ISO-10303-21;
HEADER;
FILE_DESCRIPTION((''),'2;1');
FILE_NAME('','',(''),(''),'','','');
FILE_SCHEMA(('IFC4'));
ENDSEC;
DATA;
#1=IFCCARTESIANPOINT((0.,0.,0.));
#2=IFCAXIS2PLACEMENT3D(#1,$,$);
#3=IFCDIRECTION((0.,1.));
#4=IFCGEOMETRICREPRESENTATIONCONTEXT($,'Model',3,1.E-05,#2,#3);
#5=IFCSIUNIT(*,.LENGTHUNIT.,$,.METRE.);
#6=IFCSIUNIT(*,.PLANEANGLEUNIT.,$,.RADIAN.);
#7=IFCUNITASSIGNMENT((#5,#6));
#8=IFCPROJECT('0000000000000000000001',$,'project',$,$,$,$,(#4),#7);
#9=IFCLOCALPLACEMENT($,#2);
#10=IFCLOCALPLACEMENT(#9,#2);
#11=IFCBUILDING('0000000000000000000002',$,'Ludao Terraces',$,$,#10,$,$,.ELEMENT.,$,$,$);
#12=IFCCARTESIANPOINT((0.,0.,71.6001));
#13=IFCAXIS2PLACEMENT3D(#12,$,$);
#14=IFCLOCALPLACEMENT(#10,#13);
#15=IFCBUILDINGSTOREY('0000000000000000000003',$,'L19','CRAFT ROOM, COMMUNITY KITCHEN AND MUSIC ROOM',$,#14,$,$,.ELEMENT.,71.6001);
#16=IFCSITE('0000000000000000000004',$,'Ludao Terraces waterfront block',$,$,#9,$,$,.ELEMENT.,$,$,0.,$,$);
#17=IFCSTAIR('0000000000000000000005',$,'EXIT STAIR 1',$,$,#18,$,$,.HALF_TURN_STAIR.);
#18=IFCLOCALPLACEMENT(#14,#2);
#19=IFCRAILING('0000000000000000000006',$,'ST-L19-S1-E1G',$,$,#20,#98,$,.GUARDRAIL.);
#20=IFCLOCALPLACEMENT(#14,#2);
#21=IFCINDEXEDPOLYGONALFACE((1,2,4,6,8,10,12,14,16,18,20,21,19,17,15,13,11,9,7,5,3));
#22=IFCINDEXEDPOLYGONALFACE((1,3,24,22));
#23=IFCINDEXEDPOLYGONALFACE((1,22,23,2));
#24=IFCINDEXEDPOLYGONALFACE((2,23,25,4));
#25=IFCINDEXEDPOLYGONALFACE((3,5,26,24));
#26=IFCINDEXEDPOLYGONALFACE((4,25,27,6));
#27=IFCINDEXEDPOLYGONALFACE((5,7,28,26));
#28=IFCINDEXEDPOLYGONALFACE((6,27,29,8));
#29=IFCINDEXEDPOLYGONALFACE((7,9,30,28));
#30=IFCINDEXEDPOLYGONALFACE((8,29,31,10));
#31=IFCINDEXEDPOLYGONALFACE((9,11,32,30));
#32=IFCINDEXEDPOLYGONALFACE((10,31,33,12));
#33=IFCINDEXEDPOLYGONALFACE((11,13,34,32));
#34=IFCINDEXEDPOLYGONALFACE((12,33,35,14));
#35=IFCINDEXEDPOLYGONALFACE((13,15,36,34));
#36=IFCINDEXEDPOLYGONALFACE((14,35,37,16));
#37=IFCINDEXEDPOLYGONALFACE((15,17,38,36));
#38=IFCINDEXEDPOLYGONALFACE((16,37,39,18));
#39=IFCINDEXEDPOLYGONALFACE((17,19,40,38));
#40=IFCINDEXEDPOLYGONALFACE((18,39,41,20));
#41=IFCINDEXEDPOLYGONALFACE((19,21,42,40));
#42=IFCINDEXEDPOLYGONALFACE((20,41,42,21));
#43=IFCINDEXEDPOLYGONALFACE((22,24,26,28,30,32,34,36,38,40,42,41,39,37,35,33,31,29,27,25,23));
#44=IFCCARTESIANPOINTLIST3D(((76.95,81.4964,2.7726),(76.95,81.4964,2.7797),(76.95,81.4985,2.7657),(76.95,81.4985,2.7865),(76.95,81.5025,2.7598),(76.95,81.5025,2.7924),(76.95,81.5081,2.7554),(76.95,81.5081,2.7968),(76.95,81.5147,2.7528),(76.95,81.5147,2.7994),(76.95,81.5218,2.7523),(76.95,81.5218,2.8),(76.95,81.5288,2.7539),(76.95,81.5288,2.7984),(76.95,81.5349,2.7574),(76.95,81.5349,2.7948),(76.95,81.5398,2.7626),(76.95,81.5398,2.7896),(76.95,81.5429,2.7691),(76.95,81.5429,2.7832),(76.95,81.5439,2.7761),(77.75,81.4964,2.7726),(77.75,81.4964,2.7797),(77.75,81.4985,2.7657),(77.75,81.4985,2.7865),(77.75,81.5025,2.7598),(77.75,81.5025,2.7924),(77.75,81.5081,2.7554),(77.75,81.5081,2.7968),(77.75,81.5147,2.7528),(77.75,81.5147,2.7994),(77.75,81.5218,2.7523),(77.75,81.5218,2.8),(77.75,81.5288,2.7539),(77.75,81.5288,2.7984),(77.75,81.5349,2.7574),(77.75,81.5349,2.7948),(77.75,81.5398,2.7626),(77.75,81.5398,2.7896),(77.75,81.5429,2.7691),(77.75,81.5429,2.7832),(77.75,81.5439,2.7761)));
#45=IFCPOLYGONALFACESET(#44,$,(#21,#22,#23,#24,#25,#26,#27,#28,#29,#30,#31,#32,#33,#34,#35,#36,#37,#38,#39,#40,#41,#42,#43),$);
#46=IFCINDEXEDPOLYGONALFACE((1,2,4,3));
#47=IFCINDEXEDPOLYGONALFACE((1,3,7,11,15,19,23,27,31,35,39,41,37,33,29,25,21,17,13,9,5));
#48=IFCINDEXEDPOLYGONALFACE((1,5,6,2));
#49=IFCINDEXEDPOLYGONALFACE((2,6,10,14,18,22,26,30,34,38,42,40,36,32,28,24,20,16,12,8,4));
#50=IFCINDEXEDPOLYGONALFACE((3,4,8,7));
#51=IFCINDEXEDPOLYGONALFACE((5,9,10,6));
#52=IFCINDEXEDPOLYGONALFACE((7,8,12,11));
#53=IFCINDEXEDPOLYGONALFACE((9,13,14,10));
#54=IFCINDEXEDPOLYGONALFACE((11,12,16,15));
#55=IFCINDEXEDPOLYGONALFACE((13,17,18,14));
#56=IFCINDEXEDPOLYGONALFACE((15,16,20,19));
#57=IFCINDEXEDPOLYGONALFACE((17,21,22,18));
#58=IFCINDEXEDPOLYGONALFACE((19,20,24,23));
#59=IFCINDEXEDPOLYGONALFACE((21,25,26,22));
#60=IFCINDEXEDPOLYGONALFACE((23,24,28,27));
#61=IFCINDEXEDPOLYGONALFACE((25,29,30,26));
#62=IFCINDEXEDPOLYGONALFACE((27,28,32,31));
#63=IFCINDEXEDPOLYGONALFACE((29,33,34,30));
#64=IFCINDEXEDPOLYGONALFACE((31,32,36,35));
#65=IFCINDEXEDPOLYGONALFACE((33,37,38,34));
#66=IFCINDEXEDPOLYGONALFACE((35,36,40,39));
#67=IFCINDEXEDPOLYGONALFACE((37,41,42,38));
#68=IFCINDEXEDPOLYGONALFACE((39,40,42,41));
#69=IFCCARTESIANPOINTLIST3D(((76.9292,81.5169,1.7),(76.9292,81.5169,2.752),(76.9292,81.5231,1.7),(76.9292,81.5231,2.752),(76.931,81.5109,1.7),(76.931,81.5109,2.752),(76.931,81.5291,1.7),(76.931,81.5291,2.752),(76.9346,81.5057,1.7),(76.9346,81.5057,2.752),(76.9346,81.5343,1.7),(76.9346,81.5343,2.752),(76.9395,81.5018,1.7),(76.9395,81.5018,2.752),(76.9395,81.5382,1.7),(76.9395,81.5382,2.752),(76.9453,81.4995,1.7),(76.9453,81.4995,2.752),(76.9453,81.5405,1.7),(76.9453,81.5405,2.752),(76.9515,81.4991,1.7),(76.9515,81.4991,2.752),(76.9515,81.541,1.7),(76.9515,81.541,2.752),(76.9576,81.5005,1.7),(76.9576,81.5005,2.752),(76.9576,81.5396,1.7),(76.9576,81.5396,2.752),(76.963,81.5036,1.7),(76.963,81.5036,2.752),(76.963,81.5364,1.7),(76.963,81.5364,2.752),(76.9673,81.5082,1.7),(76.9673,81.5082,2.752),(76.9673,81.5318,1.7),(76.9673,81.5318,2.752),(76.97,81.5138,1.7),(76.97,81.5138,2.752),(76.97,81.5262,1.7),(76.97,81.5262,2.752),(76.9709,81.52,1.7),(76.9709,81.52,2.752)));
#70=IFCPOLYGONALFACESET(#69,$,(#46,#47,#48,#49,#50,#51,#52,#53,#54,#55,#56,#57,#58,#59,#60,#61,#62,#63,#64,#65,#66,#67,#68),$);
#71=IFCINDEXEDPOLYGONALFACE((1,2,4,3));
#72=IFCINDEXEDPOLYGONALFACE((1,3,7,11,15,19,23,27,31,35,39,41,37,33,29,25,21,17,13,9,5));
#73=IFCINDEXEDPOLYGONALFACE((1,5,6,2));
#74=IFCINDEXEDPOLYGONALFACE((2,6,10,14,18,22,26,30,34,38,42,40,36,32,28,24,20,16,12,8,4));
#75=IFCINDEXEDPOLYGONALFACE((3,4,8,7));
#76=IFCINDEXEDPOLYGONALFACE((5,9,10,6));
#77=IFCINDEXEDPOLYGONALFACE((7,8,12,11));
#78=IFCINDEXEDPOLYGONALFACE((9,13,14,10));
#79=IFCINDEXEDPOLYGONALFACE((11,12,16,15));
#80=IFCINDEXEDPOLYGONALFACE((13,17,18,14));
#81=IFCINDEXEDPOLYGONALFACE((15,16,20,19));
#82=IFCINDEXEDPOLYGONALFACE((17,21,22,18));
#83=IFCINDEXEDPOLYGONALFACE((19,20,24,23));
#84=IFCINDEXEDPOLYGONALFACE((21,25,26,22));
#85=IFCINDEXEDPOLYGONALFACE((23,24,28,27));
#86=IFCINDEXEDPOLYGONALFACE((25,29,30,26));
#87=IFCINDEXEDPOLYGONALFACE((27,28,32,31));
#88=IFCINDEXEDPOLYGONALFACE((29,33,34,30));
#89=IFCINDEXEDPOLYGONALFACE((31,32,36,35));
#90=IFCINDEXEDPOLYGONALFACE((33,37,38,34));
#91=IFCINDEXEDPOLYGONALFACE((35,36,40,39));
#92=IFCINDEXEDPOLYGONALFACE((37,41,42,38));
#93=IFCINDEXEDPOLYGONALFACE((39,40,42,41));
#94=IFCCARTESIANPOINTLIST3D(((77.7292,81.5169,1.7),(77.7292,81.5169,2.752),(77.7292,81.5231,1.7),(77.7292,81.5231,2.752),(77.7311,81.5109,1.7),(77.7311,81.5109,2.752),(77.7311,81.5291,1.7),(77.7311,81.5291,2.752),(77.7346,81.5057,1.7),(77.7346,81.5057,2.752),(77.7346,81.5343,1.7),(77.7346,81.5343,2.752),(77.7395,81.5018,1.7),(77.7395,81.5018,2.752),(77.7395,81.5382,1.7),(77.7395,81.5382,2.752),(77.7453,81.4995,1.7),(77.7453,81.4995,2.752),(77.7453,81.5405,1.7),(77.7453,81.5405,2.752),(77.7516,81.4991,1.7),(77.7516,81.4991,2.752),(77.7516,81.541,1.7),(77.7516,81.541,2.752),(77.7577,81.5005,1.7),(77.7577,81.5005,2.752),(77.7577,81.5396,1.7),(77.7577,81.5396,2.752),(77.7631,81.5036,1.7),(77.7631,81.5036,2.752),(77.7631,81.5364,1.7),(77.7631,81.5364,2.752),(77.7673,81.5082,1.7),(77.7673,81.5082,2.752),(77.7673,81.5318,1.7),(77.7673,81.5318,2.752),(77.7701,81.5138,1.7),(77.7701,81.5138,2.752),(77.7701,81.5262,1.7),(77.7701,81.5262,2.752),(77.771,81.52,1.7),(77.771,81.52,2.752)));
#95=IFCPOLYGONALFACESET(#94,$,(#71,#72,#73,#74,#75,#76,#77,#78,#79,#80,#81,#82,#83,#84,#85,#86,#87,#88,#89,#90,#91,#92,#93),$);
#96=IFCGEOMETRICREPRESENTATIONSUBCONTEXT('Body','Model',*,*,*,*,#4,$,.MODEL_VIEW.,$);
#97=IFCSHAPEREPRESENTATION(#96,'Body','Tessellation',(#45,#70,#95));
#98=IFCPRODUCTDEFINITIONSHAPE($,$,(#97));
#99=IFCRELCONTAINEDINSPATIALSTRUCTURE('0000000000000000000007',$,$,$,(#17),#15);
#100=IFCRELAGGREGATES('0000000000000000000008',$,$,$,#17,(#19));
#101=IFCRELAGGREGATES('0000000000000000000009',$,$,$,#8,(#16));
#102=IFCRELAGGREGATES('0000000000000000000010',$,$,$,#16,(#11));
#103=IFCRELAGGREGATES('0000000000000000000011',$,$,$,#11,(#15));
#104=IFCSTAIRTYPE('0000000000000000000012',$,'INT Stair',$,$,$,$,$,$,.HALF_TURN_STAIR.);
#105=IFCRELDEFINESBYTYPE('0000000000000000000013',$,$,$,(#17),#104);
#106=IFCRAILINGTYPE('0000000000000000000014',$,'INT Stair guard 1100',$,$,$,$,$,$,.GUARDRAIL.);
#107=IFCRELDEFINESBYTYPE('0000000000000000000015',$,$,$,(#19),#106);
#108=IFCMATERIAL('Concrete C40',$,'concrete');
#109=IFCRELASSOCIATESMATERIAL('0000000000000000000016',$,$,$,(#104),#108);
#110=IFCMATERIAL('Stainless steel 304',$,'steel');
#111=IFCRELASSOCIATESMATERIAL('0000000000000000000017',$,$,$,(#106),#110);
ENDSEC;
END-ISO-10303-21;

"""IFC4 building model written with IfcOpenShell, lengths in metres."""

from ifc_helpers import new_model, si_unit, direction, frame, origin, origin_2d, place, context, subcontext, project, spatial, circle, extrude, material, type_object, element, aggregate, save


model = new_model("IFC4")

# Units and contexts
model_context = context("Model", 3, precision=1e-05, world=origin(), true_north=direction((0.0, 1.0)))
body_context = subcontext(model_context, "Body", "Model", "MODEL_VIEW")
ifc_project = project(units=[si_unit("LENGTHUNIT", "METRE"), si_unit("PLANEANGLEUNIT", "RADIAN")], contexts=[model_context])

# Site, building, storey
site_placement = place(None, origin())
site = spatial("IfcSite", under=ifc_project, at=site_placement, Name="Ludao Terraces waterfront block", CompositionType="ELEMENT", RefElevation=0.0)
building_placement = place(site_placement, origin())
building = spatial("IfcBuilding", under=site, at=building_placement, Name="Ludao Terraces", CompositionType="ELEMENT")
storey_placement = place(building_placement, frame((0.0, 0.0, 71.6001)))
storey = spatial("IfcBuildingStorey", under=building, at=storey_placement, Name="L19", Description="CRAFT ROOM, COMMUNITY KITCHEN AND MUSIC ROOM", CompositionType="ELEMENT", Elevation=71.6001)

# Shared definitions
ifc_material_1 = material(Name="Concrete C40", Category="concrete")

# Shared definitions
ifc_material_2 = material(Name="Stainless steel 304", Category="steel")

# Stair, railing
stair_type = type_object("IfcStairType", Name="INT Stair", PredefinedType="HALF_TURN_STAIR", material=ifc_material_1)
stair_placement = place(storey_placement, origin())
stair = element("IfcStair", 1, at=stair_placement, inside=storey, type_object=stair_type, Name="EXIT STAIR 1", PredefinedType="HALF_TURN_STAIR")
railing_type_1 = type_object("IfcRailingType", Name="INT Stair guard 1100", PredefinedType="GUARDRAIL", material=ifc_material_2)
railing_1_placement = place(storey_placement, frame((76.95, 81.52, 1.7)))
railing_1 = element("IfcRailing", 2, at=railing_1_placement, type_object=railing_type_1, Name="ST-L19-S1-E1G", PredefinedType="GUARDRAIL", context=body_context, shape_type="SweptSolid", body=[
    extrude(circle(Radius=0.0239, at=origin_2d()), frame((0.0, 0.0, 1.0762), z_axis=(1.0, 0.0, 0.0), x_axis=(0.0, 1.0, 0.0)), (0.0, 0.0, 1.0), 0.8),
    extrude(circle(Radius=0.021, at=origin_2d()), origin(), (0.0, 0.0, 1.0), 1.052),
    extrude(circle(Radius=0.021, at=origin_2d()), frame((0.8, 0.0, 0.0)), (0.0, 0.0, 1.0), 1.052),
])
aggregate(stair, [railing_1])

save(model, "model.ifc")
